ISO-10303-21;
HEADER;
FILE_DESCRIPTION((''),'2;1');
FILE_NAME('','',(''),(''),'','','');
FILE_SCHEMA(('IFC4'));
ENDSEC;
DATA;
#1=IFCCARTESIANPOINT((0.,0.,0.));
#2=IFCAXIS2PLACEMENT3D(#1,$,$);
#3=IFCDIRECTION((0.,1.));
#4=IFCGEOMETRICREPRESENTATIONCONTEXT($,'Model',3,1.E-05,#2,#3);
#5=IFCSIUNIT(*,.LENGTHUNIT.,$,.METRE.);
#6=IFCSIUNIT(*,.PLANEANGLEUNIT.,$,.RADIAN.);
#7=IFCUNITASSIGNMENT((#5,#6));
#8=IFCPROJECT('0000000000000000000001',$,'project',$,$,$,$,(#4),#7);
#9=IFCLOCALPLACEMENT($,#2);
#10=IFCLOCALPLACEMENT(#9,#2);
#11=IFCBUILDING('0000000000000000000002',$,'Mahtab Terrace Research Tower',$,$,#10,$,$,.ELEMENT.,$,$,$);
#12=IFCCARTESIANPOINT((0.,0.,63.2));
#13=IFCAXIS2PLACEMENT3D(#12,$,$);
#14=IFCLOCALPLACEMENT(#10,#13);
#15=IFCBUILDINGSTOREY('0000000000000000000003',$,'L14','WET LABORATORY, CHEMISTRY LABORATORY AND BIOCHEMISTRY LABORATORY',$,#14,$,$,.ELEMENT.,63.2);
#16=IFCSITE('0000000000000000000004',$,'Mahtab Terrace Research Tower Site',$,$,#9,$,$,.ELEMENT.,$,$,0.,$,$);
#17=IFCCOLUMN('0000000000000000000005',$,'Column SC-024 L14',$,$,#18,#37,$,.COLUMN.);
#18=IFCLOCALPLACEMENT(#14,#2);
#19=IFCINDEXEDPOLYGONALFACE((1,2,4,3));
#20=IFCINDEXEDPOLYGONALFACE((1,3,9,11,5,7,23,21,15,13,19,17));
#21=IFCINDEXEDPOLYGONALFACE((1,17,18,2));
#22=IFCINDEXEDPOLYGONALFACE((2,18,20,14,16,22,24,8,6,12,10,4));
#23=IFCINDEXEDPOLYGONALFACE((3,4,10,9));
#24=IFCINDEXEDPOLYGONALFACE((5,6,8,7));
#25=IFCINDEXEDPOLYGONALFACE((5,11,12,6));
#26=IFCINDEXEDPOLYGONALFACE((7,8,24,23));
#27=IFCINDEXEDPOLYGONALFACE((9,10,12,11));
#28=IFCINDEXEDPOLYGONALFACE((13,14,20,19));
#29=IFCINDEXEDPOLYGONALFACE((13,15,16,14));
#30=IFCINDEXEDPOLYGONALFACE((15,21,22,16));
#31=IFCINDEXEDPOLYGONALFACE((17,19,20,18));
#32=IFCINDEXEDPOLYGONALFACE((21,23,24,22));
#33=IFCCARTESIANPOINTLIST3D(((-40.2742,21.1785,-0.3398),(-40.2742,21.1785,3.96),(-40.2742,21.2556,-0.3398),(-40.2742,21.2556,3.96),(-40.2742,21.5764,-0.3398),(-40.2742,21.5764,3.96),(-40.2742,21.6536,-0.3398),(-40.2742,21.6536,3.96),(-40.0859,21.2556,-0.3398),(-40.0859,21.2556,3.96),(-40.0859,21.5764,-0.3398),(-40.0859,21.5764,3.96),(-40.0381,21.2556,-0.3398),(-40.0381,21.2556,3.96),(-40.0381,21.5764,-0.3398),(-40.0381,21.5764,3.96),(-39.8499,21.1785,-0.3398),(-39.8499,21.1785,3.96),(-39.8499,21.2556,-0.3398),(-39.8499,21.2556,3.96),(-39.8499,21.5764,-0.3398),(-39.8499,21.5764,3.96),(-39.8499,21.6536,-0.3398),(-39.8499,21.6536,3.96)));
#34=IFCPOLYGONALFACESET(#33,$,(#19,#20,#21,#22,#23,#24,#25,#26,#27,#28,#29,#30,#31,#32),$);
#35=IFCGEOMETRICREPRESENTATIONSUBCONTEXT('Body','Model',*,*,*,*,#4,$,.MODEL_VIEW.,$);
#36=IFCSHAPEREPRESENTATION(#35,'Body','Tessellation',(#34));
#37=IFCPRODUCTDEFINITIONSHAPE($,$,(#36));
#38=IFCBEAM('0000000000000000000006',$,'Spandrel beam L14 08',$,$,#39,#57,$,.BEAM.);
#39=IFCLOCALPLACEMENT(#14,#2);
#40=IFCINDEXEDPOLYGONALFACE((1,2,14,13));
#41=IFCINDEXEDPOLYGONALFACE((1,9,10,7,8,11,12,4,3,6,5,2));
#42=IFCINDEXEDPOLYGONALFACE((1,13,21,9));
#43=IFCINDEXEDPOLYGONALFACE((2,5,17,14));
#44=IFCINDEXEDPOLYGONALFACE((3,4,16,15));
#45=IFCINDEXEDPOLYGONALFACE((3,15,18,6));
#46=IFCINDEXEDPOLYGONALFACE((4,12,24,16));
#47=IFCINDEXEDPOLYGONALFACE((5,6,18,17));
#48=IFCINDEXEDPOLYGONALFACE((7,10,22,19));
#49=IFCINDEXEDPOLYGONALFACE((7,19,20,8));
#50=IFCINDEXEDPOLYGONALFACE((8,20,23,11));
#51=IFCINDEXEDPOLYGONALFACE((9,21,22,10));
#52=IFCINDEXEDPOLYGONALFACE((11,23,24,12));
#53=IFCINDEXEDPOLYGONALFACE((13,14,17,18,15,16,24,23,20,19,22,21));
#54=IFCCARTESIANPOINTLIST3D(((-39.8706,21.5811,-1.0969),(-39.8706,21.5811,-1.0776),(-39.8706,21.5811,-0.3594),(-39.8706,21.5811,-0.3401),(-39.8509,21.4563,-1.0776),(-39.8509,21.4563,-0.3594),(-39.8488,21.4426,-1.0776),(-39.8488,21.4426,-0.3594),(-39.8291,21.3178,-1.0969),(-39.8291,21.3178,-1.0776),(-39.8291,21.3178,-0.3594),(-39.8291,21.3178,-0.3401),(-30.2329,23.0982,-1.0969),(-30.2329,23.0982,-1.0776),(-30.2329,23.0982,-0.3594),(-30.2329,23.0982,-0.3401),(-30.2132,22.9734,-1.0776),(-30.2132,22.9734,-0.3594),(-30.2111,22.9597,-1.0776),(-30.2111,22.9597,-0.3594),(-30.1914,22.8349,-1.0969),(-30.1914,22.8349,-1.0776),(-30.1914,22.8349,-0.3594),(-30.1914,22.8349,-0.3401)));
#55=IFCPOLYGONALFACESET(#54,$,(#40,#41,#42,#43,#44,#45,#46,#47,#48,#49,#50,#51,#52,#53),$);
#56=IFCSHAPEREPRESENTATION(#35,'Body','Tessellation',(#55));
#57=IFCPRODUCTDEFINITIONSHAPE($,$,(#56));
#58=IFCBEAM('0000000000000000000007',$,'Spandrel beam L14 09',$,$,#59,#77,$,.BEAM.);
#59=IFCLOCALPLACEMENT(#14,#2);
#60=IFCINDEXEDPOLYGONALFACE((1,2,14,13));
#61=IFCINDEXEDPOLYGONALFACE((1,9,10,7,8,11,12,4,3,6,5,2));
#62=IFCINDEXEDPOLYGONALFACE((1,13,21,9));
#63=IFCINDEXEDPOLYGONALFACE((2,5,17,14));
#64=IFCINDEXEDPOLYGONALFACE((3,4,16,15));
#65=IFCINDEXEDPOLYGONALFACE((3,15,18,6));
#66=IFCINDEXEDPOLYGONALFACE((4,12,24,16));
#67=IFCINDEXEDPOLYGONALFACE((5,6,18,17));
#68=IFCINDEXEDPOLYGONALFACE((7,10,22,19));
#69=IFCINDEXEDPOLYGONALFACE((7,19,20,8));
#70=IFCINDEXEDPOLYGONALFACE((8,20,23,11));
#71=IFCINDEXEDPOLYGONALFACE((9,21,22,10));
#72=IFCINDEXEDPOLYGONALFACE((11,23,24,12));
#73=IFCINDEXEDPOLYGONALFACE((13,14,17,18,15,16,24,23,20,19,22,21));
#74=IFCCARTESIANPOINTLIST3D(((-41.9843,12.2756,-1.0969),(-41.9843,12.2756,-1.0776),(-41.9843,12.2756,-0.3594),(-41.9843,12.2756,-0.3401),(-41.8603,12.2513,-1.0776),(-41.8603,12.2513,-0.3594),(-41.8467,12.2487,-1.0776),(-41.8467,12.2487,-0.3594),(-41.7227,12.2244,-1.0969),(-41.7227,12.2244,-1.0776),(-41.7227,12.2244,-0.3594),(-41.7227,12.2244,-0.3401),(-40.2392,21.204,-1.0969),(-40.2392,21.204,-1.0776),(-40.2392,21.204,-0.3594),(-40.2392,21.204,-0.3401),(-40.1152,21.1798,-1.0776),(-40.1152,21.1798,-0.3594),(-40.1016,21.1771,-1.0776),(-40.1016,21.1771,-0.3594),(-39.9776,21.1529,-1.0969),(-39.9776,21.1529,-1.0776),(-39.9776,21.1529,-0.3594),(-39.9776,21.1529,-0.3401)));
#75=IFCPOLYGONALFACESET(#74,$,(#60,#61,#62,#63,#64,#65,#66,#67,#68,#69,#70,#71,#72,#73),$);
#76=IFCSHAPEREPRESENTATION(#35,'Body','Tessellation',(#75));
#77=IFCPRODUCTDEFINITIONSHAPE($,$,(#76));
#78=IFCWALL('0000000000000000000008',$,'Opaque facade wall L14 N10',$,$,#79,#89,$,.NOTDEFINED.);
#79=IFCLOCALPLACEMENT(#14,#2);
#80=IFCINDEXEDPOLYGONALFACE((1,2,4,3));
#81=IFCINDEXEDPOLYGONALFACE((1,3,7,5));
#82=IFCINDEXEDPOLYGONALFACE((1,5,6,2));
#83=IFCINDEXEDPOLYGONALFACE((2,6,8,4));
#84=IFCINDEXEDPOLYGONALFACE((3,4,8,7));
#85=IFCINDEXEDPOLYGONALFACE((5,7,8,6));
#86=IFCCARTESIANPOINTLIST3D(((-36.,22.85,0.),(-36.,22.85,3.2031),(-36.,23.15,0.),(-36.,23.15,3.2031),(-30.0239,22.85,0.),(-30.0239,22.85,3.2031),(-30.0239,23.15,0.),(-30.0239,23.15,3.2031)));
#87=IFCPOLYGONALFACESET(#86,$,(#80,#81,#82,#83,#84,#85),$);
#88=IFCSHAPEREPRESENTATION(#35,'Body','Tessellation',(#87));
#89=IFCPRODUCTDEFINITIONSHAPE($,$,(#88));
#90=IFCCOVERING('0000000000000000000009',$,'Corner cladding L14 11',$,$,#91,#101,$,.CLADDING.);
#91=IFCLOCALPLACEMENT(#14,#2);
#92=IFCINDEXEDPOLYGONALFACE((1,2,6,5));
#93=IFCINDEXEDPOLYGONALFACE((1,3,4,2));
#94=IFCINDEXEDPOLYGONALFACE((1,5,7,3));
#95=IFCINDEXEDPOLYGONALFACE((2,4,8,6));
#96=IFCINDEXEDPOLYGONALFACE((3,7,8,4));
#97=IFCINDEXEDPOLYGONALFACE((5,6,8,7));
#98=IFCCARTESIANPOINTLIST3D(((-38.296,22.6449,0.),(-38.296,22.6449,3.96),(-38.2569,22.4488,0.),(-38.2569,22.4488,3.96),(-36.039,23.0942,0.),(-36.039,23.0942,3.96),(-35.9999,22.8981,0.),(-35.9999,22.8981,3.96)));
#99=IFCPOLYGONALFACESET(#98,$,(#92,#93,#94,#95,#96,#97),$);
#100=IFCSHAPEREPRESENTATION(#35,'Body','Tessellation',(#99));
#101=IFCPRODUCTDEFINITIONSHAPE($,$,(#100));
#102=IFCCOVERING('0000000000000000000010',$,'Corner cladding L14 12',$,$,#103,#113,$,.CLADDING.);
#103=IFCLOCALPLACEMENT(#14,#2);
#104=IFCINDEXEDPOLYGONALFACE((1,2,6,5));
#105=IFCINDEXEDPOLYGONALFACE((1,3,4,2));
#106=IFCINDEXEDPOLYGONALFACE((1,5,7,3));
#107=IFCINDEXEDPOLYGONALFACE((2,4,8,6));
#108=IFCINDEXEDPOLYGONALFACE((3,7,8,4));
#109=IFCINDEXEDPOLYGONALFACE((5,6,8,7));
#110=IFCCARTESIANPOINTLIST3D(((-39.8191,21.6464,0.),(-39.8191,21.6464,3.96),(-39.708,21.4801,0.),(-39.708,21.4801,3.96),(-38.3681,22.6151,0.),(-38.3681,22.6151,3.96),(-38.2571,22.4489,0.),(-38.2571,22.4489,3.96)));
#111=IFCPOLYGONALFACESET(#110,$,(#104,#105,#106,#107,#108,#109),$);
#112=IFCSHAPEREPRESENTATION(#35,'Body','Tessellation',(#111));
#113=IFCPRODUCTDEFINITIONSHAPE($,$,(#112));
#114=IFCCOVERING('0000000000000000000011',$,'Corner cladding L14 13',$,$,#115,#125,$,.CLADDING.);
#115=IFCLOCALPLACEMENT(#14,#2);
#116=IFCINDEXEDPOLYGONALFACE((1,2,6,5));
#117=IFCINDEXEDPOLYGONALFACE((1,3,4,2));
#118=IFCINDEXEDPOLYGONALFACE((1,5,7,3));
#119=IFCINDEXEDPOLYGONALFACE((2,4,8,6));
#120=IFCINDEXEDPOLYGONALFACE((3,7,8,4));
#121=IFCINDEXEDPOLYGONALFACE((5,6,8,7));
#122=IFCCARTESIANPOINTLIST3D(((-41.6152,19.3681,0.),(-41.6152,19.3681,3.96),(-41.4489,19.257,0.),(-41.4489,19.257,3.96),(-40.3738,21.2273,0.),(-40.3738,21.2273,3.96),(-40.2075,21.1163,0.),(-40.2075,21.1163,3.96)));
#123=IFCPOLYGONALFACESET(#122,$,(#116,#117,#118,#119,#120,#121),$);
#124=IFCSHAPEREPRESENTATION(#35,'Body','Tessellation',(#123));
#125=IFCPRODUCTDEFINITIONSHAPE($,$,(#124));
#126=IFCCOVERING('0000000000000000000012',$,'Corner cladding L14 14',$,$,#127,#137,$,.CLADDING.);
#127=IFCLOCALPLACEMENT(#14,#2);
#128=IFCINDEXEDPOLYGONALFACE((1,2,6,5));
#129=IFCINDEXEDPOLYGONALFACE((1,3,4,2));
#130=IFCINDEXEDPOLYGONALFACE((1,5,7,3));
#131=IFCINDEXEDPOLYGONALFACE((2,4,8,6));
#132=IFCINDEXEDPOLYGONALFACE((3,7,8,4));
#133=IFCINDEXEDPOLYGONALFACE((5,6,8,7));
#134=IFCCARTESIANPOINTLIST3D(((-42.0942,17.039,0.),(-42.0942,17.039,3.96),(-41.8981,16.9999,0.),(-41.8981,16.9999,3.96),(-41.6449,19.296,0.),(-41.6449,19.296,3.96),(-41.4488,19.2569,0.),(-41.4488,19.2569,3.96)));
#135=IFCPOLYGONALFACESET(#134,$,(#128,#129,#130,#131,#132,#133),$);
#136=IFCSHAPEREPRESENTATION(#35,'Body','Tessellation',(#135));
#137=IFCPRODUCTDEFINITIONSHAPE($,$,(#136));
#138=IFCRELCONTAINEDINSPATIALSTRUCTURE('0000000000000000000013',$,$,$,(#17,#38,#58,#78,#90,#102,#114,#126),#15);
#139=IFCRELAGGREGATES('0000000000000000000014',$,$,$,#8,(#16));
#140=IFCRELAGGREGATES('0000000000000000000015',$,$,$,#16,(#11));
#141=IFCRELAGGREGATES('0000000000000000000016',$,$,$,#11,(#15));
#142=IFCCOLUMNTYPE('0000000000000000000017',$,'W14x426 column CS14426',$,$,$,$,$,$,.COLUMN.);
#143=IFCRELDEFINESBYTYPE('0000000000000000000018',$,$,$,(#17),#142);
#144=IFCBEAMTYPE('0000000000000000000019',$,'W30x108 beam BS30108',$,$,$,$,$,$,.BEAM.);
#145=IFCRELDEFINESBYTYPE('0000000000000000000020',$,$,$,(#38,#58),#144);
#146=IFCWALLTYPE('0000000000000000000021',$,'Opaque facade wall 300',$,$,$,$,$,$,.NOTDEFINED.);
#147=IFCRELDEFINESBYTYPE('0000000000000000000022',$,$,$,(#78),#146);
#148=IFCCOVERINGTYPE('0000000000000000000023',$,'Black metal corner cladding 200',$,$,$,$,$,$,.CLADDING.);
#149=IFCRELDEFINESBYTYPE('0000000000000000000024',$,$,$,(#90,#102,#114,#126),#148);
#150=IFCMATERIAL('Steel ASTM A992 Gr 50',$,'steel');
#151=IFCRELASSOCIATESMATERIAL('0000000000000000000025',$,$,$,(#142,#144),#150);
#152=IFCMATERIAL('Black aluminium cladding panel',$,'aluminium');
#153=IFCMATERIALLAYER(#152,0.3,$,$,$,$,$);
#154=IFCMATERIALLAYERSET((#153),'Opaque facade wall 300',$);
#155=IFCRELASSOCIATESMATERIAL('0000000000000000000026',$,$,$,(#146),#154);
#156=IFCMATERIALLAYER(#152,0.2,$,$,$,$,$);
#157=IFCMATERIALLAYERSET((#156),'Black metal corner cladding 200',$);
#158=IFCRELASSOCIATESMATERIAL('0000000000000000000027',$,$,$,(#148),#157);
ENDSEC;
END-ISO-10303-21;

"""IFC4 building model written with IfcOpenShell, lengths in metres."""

from ifc_helpers import new_model, si_unit, direction, frame, frame_2d, origin, origin_2d, place, context, subcontext, project, spatial, rectangle, i_section, extrude, material, layer, layer_set, material_profile, profile_set, type_object, element, save


model = new_model("IFC4")

# Units and contexts
model_context = context("Model", 3, precision=1e-05, world=origin(), true_north=direction((0.0, 1.0)))
body_context = subcontext(model_context, "Body", "Model", "MODEL_VIEW")
ifc_project = project(units=[si_unit("LENGTHUNIT", "METRE"), si_unit("PLANEANGLEUNIT", "RADIAN")], contexts=[model_context])

# Site, building, storey
site_placement = place(None, origin())
site = spatial("IfcSite", under=ifc_project, at=site_placement, Name="Mahtab Terrace Research Tower Site", CompositionType="ELEMENT", RefElevation=0.0)
building_placement = place(site_placement, origin())
building = spatial("IfcBuilding", under=site, at=building_placement, Name="Mahtab Terrace Research Tower", CompositionType="ELEMENT")
storey_placement = place(building_placement, frame((0.0, 0.0, 63.2)))
storey = spatial("IfcBuildingStorey", under=building, at=storey_placement, Name="L14", Description="WET LABORATORY, CHEMISTRY LABORATORY AND BIOCHEMISTRY LABORATORY", CompositionType="ELEMENT", Elevation=63.2)

# Column
ifc_material_1 = material(Name="Steel ASTM A992 Gr 50", Category="steel")
ifc_material_profile_1 = material_profile(ifc_material_1, i_section(OverallWidth=0.4243, OverallDepth=0.4751, WebThickness=0.0479, FlangeThickness=0.0771, at=origin_2d()), Name="W14X426")
ifc_profile_set_1 = profile_set([ifc_material_profile_1], Name="Steel ASTM A992 Gr 50")
column_type = type_object("IfcColumnType", Name="W14x426 column CS14426", PredefinedType="COLUMN", material=ifc_profile_set_1)
column_placement = place(storey_placement, frame((-40.062, 21.416, -0.3398), z_axis=(0.0, 0.0, 1.0), x_axis=(1.0, 0.0, 0.0)))
element("IfcColumn", 1, at=column_placement, inside=storey, type_object=column_type, Name="Column SC-024 L14", PredefinedType="COLUMN", context=body_context, shape_type="SweptSolid", body=[
    extrude(i_section(OverallWidth=0.4243, OverallDepth=0.4751, WebThickness=0.0479, FlangeThickness=0.0771, at=origin_2d()), origin(), (0.0, 0.0, 1.0), 4.2998),
])

# Beams
ifc_material_profile_2 = material_profile(ifc_material_1, i_section(OverallWidth=0.2666, OverallDepth=0.7568, WebThickness=0.0139, FlangeThickness=0.0193, at=origin_2d()), Name="W30X108")
ifc_profile_set_2 = profile_set([ifc_material_profile_2], Name="Steel ASTM A992 Gr 50")
beam_type = type_object("IfcBeamType", Name="W30x108 beam BS30108", PredefinedType="BEAM", material=ifc_profile_set_2)
beam_1_placement = place(storey_placement, frame((-30.2122, 22.9666, -0.7185), z_axis=(-0.987836, -0.155497, 0.0), x_axis=(0.155497, -0.987836, 0.0)))
element("IfcBeam", 2, at=beam_1_placement, inside=storey, type_object=beam_type, Name="Spandrel beam L14 08", PredefinedType="BEAM", context=body_context, shape_type="SweptSolid", body=[
    extrude(i_section(OverallWidth=0.2666, OverallDepth=0.7568, WebThickness=0.0139, FlangeThickness=0.0193, at=origin_2d()), origin(), (0.0, 0.0, 1.0), 9.7563),
])
beam_2_placement = place(storey_placement, frame((-40.1084, 21.1785, -0.7185), z_axis=(-0.191826, -0.981429, 0.0), x_axis=(0.981429, -0.191826, 0.0)))
element("IfcBeam", 3, at=beam_2_placement, inside=storey, type_object=beam_type, Name="Spandrel beam L14 09", PredefinedType="BEAM", context=body_context, shape_type="SweptSolid", body=[
    extrude(i_section(OverallWidth=0.2666, OverallDepth=0.7568, WebThickness=0.0139, FlangeThickness=0.0193, at=origin_2d()), origin(), (0.0, 0.0, 1.0), 9.0974),
])

# Wall
ifc_material_2 = material(Name="Black aluminium cladding panel", Category="aluminium")
ifc_layer_1 = layer(ifc_material_2, 0.3)
ifc_layer_set_1 = layer_set([ifc_layer_1], Name="Opaque facade wall 300")
wall_type = type_object("IfcWallType", Name="Opaque facade wall 300", PredefinedType="NOTDEFINED", material=ifc_layer_set_1)
wall_placement = place(storey_placement, frame((-30.0239, 23.0, 0.0), z_axis=(0.0, 0.0, 1.0), x_axis=(-1.0, 0.0, 0.0)))
element("IfcWall", 4, at=wall_placement, inside=storey, type_object=wall_type, Name="Opaque facade wall L14 N10", PredefinedType="NOTDEFINED", context=body_context, shape_type="SweptSolid", body=[
    extrude(rectangle(XDim=5.9761, YDim=0.3, at=frame_2d((2.988, 0.0))), origin(), (0.0, 0.0, 1.0), 3.2031),
])

# Coverings
ifc_layer_2 = layer(ifc_material_2, 0.2)
ifc_layer_set_2 = layer_set([ifc_layer_2], Name="Black metal corner cladding 200")
covering_type = type_object("IfcCoveringType", Name="Black metal corner cladding 200", PredefinedType="CLADDING", material=ifc_layer_set_2)
covering_1_placement = place(storey_placement, frame((-37.1479, 22.7715, 0.0), z_axis=(0.0, 0.0, 1.0), x_axis=(-0.980761, -0.195212, 0.0)))
element("IfcCovering", 5, at=covering_1_placement, inside=storey, type_object=covering_type, Name="Corner cladding L14 11", PredefinedType="CLADDING", context=body_context, shape_type="SweptSolid", body=[
    extrude(rectangle(XDim=2.3013, YDim=0.2, at=origin_2d()), origin(), (0.0, 0.0, 1.0), 3.96),
])
covering_2_placement = place(storey_placement, frame((-39.0381, 22.0476, 0.0), z_axis=(0.0, 0.0, 1.0), x_axis=(-0.831656, -0.555291, 0.0)))
element("IfcCovering", 6, at=covering_2_placement, inside=storey, type_object=covering_type, Name="Corner cladding L14 12", PredefinedType="CLADDING", context=body_context, shape_type="SweptSolid", body=[
    extrude(rectangle(XDim=1.7446, YDim=0.2, at=origin_2d()), origin(), (0.0, 0.0, 1.0), 3.96),
])
covering_3_placement = place(storey_placement, frame((-40.9114, 20.2422, 0.0), z_axis=(0.0, 0.0, 1.0), x_axis=(-0.555291, -0.831656, 0.0)))
element("IfcCovering", 7, at=covering_3_placement, inside=storey, type_object=covering_type, Name="Corner cladding L14 13", PredefinedType="CLADDING", context=body_context, shape_type="SweptSolid", body=[
    extrude(rectangle(XDim=2.2356, YDim=0.2, at=origin_2d()), origin(), (0.0, 0.0, 1.0), 3.96),
])
covering_4_placement = place(storey_placement, frame((-41.7715, 18.1479, 0.0), z_axis=(0.0, 0.0, 1.0), x_axis=(-0.195212, -0.980761, 0.0)))
element("IfcCovering", 8, at=covering_4_placement, inside=storey, type_object=covering_type, Name="Corner cladding L14 14", PredefinedType="CLADDING", context=body_context, shape_type="SweptSolid", body=[
    extrude(rectangle(XDim=2.3013, YDim=0.2, at=origin_2d()), origin(), (0.0, 0.0, 1.0), 3.96),
])

save(model, "model.ifc")
